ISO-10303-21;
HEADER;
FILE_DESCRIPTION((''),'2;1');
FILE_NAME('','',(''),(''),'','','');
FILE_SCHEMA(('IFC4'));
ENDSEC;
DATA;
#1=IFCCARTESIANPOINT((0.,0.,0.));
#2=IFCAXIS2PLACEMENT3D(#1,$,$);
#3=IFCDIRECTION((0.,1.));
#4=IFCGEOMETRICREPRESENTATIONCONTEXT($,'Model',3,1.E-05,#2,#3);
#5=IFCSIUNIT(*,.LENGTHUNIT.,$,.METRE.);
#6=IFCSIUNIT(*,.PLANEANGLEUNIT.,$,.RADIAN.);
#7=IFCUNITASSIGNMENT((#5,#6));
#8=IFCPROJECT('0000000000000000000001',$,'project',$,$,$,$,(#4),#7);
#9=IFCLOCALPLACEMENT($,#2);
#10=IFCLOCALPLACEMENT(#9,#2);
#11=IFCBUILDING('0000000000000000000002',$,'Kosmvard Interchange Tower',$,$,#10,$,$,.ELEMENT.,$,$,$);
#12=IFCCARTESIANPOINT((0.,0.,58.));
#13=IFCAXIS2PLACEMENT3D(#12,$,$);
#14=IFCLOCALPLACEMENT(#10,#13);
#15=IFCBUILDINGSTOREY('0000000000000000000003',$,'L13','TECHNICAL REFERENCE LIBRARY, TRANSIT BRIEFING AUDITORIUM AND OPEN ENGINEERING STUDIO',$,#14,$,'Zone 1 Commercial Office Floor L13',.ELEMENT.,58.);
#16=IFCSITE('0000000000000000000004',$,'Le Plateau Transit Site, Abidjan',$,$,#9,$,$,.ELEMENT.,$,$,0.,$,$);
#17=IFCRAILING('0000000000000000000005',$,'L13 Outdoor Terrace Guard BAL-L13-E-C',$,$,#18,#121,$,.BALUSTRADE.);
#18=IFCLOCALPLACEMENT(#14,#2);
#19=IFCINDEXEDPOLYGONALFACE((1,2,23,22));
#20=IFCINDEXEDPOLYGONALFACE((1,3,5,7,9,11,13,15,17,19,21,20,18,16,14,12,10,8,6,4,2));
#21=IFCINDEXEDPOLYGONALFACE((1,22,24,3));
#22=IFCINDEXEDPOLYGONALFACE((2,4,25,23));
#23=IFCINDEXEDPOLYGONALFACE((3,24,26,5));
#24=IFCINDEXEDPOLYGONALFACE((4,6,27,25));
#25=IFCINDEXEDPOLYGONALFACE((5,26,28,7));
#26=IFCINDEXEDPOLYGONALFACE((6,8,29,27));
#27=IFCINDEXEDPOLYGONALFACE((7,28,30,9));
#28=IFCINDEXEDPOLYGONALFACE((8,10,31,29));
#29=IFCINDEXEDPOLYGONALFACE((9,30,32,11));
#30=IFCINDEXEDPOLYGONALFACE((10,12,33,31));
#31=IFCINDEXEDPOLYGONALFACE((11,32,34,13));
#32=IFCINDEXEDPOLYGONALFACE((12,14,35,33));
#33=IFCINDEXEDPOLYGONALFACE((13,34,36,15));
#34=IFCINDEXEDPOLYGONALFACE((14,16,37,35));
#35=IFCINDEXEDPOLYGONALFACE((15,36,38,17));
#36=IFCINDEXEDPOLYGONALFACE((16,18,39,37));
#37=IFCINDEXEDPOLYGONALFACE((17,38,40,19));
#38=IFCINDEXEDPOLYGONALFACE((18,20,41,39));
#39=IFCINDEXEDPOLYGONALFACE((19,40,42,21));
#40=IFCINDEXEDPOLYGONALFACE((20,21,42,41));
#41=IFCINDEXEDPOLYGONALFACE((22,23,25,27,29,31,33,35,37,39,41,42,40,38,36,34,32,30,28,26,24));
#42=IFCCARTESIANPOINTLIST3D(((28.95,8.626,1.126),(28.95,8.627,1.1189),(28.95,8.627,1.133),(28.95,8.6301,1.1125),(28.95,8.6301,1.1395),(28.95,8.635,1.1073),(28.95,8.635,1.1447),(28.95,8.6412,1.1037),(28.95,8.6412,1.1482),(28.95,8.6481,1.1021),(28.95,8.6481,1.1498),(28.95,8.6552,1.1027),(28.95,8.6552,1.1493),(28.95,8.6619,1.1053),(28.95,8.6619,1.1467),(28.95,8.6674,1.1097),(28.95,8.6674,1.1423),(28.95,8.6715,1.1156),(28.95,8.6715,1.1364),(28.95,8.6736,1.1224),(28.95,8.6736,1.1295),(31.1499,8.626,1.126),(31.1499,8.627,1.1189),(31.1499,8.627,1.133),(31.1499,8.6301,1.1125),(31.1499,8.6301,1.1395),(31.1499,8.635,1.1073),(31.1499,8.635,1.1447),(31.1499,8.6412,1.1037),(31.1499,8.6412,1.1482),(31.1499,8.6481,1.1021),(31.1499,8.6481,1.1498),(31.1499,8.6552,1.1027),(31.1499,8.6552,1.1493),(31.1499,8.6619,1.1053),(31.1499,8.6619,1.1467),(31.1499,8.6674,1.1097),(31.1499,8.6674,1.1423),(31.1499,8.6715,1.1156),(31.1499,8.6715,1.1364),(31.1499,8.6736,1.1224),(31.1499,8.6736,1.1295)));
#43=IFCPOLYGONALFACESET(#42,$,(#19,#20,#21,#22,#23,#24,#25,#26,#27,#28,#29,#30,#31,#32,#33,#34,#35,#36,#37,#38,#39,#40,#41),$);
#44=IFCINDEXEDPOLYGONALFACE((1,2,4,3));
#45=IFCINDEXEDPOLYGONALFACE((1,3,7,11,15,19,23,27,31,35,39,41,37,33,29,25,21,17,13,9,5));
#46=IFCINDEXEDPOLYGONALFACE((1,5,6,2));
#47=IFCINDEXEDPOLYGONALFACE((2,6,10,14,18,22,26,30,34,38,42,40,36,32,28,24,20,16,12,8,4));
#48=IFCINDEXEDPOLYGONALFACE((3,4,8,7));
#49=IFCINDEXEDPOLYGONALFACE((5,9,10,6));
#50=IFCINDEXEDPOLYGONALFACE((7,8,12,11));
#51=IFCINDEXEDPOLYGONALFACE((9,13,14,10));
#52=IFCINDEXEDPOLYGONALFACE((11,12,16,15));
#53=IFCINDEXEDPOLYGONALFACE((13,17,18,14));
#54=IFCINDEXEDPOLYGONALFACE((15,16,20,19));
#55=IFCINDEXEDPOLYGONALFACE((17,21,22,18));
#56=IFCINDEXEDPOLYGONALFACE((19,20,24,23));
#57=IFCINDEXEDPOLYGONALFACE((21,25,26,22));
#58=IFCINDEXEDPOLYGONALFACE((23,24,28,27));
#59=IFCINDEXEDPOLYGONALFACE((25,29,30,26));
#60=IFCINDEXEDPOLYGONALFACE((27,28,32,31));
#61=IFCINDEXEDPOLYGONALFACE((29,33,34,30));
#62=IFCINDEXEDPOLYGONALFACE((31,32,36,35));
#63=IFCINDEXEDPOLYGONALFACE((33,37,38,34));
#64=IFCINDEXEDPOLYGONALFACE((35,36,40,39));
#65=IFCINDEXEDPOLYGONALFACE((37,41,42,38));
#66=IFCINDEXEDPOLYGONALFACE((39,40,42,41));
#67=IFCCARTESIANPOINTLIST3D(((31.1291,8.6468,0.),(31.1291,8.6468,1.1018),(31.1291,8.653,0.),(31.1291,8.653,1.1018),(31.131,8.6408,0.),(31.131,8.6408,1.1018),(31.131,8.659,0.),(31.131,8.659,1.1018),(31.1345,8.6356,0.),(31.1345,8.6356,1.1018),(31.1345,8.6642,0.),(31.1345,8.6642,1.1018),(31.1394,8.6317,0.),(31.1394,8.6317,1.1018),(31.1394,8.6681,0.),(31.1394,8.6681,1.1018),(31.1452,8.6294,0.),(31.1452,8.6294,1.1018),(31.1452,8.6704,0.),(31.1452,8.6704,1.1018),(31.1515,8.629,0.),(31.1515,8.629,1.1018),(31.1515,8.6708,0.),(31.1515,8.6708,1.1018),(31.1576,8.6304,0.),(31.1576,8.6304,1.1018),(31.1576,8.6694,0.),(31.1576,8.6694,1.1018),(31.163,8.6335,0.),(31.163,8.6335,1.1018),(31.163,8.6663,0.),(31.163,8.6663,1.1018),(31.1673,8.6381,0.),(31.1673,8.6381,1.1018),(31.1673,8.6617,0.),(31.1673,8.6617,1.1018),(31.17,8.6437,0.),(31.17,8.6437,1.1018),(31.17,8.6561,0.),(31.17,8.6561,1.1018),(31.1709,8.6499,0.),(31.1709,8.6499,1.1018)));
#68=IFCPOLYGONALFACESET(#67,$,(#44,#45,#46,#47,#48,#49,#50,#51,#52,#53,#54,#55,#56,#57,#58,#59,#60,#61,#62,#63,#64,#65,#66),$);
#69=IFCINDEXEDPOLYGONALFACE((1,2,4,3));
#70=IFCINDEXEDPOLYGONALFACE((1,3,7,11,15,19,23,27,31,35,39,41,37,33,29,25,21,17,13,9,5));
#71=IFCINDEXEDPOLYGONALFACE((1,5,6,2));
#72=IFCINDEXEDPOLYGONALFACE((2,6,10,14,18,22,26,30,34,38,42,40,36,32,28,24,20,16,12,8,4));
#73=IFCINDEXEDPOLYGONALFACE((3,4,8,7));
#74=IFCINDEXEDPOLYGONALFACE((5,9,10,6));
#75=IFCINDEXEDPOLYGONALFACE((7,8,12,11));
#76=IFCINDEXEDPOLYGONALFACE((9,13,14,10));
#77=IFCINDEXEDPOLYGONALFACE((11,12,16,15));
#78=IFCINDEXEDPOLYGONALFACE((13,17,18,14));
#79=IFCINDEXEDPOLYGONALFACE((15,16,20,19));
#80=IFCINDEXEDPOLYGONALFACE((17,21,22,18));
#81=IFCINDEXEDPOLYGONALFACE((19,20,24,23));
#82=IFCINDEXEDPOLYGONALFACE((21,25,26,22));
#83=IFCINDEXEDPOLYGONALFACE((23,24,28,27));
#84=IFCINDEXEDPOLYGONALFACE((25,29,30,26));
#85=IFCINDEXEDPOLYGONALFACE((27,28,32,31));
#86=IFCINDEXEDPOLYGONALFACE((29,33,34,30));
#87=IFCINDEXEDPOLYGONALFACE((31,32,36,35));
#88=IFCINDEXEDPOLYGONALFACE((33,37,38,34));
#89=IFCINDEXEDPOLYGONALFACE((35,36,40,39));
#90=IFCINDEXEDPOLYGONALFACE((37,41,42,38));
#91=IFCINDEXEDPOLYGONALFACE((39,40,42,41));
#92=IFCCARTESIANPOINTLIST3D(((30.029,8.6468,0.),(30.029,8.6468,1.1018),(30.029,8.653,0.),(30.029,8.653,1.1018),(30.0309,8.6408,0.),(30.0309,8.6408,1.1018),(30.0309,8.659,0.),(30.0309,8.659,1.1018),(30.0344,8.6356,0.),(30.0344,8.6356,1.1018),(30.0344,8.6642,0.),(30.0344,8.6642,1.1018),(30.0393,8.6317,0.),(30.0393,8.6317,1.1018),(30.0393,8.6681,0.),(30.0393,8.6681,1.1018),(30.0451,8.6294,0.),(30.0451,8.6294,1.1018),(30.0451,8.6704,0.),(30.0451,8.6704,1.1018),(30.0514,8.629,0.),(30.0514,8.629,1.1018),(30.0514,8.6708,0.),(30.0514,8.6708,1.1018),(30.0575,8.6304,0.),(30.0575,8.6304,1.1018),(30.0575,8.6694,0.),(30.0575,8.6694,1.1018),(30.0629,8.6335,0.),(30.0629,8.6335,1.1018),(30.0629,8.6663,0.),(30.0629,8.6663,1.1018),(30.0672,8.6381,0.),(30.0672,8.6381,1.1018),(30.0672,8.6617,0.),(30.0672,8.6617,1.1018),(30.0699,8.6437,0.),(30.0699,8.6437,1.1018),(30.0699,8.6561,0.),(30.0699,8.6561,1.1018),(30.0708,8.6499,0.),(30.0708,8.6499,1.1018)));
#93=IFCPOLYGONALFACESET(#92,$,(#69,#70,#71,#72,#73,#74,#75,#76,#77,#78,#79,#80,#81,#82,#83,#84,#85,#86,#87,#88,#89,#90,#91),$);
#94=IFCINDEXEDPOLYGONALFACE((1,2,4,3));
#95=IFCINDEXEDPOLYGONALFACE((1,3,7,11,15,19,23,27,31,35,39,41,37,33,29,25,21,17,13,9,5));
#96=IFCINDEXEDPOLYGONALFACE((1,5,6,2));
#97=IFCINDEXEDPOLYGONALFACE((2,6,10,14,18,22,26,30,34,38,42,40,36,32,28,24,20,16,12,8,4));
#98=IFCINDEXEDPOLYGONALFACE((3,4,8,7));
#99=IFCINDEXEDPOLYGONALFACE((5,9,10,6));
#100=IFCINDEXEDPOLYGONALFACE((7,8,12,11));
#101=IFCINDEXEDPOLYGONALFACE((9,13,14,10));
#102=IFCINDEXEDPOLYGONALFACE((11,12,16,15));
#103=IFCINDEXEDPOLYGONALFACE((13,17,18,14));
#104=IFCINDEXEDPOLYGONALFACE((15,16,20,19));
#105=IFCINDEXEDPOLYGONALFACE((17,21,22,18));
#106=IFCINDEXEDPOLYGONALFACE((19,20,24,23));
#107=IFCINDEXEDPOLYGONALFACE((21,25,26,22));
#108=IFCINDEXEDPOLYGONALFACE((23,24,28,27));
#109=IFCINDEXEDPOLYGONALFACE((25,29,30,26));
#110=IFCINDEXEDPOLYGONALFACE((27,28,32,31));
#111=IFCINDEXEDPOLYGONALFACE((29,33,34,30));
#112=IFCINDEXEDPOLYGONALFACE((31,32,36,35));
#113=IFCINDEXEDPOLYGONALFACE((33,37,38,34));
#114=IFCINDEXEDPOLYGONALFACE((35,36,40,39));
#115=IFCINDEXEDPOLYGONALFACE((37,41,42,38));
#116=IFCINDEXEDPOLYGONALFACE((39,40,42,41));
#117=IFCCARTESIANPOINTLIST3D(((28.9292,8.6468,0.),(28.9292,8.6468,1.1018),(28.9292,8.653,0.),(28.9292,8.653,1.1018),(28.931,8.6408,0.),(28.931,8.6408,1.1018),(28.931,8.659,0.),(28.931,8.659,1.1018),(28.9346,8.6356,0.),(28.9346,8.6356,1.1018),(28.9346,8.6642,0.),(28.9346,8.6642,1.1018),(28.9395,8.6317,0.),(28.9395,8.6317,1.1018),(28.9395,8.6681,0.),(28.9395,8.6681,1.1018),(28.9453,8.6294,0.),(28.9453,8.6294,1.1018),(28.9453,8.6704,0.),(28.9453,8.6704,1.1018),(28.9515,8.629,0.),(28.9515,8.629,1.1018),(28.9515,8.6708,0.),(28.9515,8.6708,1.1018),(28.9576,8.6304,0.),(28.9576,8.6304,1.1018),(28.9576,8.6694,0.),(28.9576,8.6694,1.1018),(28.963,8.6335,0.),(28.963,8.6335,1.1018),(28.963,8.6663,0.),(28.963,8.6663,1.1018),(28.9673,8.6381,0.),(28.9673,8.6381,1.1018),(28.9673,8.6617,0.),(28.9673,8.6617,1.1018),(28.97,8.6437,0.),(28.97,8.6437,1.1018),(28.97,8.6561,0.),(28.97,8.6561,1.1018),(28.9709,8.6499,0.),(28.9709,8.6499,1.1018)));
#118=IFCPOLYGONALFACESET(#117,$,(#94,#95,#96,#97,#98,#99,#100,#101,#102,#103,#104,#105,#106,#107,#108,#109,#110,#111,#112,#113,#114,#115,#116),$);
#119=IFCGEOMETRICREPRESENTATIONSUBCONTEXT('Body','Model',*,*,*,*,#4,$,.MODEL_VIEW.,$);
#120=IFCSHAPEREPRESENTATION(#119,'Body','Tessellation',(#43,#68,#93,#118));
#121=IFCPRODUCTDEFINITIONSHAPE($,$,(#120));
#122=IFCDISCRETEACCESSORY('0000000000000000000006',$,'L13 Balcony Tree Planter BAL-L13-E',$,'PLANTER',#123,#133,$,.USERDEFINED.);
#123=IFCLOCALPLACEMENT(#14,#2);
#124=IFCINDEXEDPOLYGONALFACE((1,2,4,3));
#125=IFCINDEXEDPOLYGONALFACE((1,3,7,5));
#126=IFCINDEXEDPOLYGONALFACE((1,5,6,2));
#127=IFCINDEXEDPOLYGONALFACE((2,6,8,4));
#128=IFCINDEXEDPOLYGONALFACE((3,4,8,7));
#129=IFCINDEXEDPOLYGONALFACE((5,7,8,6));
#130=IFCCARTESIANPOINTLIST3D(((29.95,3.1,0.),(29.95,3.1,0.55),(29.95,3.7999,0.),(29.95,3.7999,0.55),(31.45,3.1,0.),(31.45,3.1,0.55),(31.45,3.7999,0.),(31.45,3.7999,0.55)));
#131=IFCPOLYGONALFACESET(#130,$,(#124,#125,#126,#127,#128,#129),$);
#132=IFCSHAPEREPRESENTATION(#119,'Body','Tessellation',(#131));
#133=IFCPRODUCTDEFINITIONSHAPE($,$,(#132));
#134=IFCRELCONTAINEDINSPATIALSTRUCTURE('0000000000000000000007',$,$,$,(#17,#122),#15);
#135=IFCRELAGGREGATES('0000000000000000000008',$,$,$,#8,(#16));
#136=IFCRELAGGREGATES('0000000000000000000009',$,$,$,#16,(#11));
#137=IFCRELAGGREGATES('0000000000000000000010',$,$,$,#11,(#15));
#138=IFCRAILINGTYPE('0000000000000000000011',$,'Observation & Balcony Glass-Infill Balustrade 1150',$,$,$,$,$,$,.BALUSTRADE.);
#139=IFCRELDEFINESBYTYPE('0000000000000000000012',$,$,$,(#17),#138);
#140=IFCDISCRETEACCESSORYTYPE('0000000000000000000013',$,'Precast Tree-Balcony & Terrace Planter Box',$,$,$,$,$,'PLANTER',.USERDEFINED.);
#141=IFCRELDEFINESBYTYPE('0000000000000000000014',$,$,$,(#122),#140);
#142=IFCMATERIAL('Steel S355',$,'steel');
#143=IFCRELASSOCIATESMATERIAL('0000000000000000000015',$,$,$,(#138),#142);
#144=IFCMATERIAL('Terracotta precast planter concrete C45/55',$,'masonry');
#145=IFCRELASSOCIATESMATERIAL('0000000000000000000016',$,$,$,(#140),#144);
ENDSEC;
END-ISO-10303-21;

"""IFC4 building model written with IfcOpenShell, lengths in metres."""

from ifc_helpers import new_model, si_unit, direction, frame, origin, origin_2d, place, context, subcontext, project, spatial, rectangle, circle, extrude, source, transform, mapped, material, type_object, element, save


model = new_model("IFC4")

# Units and contexts
model_context = context("Model", 3, precision=1e-05, world=origin(), true_north=direction((0.0, 1.0)))
body_context = subcontext(model_context, "Body", "Model", "MODEL_VIEW")
ifc_project = project(units=[si_unit("LENGTHUNIT", "METRE"), si_unit("PLANEANGLEUNIT", "RADIAN")], contexts=[model_context])

# Site, building, storey
site_placement = place(None, origin())
site = spatial("IfcSite", under=ifc_project, at=site_placement, Name="Le Plateau Transit Site, Abidjan", CompositionType="ELEMENT", RefElevation=0.0)
building_placement = place(site_placement, origin())
building = spatial("IfcBuilding", under=site, at=building_placement, Name="Kosmvard Interchange Tower", CompositionType="ELEMENT")
storey_placement = place(building_placement, frame((0.0, 0.0, 58.0)))
storey = spatial("IfcBuildingStorey", under=building, at=storey_placement, Name="L13", Description="TECHNICAL REFERENCE LIBRARY, TRANSIT BRIEFING AUDITORIUM AND OPEN ENGINEERING STUDIO", LongName="Zone 1 Commercial Office Floor L13", CompositionType="ELEMENT", Elevation=58.0)

# Shared definitions
ifc_material_1 = material(Name="Steel S355", Category="steel")

# Railing
railing_type = type_object("IfcRailingType", Name="Observation & Balcony Glass-Infill Balustrade 1150", PredefinedType="BALUSTRADE", material=ifc_material_1)
shared_shape_1 = source(origin(), body_context, "Body", "SweptSolid", [
    extrude(circle(Radius=0.0239, at=origin_2d()), frame((0.0, 0.0, 1.126), z_axis=(-1.0, 0.0, 0.0), x_axis=(0.0, -1.0, 0.0)), (0.0, 0.0, 1.0), 2.2),
    extrude(circle(Radius=0.021, at=origin_2d()), origin(), (0.0, 0.0, 1.0), 1.1018),
    extrude(circle(Radius=0.021, at=origin_2d()), frame((-1.1001, 0.0, 0.0)), (0.0, 0.0, 1.0), 1.1018),
    extrude(circle(Radius=0.021, at=origin_2d()), frame((-2.2, 0.0, 0.0)), (0.0, 0.0, 1.0), 1.1018),
])
railing_1_placement = place(storey_placement, frame((31.1499, 8.6499, 0.0)))
element("IfcRailing", 1, at=railing_1_placement, inside=storey, type_object=railing_type, Name="L13 Outdoor Terrace Guard BAL-L13-E-C", PredefinedType="BALUSTRADE", context=body_context, shape_type="MappedRepresentation", body=[
    mapped(shared_shape_1, transform((0.0, 0.0, 0.0), scale=1.0)),
])

# Discrete accessory
ifc_material_2 = material(Name="Terracotta precast planter concrete C45/55", Category="masonry")
discrete_accessory_type = type_object("IfcDiscreteAccessoryType", Name="Precast Tree-Balcony & Terrace Planter Box", ElementType="PLANTER", PredefinedType="USERDEFINED", material=ifc_material_2)
shared_shape_2 = source(origin(), body_context, "Body", "SweptSolid", [
    extrude(rectangle(XDim=1.5, YDim=0.7, at=origin_2d()), origin(), (0.0, 0.0, 1.0), 0.55),
])
discrete_accessory_placement = place(storey_placement, frame((30.7, 3.45, 0.0), z_axis=(0.0, 0.0, 1.0), x_axis=(1.0, 0.0, 0.0)))
element("IfcDiscreteAccessory", 2, at=discrete_accessory_placement, inside=storey, type_object=discrete_accessory_type, Name="L13 Balcony Tree Planter BAL-L13-E", ObjectType="PLANTER", PredefinedType="USERDEFINED", context=body_context, shape_type="MappedRepresentation", body=[
    mapped(shared_shape_2, transform((0.0, 0.0, 0.0), scale=1.0)),
])

save(model, "model.ifc")
